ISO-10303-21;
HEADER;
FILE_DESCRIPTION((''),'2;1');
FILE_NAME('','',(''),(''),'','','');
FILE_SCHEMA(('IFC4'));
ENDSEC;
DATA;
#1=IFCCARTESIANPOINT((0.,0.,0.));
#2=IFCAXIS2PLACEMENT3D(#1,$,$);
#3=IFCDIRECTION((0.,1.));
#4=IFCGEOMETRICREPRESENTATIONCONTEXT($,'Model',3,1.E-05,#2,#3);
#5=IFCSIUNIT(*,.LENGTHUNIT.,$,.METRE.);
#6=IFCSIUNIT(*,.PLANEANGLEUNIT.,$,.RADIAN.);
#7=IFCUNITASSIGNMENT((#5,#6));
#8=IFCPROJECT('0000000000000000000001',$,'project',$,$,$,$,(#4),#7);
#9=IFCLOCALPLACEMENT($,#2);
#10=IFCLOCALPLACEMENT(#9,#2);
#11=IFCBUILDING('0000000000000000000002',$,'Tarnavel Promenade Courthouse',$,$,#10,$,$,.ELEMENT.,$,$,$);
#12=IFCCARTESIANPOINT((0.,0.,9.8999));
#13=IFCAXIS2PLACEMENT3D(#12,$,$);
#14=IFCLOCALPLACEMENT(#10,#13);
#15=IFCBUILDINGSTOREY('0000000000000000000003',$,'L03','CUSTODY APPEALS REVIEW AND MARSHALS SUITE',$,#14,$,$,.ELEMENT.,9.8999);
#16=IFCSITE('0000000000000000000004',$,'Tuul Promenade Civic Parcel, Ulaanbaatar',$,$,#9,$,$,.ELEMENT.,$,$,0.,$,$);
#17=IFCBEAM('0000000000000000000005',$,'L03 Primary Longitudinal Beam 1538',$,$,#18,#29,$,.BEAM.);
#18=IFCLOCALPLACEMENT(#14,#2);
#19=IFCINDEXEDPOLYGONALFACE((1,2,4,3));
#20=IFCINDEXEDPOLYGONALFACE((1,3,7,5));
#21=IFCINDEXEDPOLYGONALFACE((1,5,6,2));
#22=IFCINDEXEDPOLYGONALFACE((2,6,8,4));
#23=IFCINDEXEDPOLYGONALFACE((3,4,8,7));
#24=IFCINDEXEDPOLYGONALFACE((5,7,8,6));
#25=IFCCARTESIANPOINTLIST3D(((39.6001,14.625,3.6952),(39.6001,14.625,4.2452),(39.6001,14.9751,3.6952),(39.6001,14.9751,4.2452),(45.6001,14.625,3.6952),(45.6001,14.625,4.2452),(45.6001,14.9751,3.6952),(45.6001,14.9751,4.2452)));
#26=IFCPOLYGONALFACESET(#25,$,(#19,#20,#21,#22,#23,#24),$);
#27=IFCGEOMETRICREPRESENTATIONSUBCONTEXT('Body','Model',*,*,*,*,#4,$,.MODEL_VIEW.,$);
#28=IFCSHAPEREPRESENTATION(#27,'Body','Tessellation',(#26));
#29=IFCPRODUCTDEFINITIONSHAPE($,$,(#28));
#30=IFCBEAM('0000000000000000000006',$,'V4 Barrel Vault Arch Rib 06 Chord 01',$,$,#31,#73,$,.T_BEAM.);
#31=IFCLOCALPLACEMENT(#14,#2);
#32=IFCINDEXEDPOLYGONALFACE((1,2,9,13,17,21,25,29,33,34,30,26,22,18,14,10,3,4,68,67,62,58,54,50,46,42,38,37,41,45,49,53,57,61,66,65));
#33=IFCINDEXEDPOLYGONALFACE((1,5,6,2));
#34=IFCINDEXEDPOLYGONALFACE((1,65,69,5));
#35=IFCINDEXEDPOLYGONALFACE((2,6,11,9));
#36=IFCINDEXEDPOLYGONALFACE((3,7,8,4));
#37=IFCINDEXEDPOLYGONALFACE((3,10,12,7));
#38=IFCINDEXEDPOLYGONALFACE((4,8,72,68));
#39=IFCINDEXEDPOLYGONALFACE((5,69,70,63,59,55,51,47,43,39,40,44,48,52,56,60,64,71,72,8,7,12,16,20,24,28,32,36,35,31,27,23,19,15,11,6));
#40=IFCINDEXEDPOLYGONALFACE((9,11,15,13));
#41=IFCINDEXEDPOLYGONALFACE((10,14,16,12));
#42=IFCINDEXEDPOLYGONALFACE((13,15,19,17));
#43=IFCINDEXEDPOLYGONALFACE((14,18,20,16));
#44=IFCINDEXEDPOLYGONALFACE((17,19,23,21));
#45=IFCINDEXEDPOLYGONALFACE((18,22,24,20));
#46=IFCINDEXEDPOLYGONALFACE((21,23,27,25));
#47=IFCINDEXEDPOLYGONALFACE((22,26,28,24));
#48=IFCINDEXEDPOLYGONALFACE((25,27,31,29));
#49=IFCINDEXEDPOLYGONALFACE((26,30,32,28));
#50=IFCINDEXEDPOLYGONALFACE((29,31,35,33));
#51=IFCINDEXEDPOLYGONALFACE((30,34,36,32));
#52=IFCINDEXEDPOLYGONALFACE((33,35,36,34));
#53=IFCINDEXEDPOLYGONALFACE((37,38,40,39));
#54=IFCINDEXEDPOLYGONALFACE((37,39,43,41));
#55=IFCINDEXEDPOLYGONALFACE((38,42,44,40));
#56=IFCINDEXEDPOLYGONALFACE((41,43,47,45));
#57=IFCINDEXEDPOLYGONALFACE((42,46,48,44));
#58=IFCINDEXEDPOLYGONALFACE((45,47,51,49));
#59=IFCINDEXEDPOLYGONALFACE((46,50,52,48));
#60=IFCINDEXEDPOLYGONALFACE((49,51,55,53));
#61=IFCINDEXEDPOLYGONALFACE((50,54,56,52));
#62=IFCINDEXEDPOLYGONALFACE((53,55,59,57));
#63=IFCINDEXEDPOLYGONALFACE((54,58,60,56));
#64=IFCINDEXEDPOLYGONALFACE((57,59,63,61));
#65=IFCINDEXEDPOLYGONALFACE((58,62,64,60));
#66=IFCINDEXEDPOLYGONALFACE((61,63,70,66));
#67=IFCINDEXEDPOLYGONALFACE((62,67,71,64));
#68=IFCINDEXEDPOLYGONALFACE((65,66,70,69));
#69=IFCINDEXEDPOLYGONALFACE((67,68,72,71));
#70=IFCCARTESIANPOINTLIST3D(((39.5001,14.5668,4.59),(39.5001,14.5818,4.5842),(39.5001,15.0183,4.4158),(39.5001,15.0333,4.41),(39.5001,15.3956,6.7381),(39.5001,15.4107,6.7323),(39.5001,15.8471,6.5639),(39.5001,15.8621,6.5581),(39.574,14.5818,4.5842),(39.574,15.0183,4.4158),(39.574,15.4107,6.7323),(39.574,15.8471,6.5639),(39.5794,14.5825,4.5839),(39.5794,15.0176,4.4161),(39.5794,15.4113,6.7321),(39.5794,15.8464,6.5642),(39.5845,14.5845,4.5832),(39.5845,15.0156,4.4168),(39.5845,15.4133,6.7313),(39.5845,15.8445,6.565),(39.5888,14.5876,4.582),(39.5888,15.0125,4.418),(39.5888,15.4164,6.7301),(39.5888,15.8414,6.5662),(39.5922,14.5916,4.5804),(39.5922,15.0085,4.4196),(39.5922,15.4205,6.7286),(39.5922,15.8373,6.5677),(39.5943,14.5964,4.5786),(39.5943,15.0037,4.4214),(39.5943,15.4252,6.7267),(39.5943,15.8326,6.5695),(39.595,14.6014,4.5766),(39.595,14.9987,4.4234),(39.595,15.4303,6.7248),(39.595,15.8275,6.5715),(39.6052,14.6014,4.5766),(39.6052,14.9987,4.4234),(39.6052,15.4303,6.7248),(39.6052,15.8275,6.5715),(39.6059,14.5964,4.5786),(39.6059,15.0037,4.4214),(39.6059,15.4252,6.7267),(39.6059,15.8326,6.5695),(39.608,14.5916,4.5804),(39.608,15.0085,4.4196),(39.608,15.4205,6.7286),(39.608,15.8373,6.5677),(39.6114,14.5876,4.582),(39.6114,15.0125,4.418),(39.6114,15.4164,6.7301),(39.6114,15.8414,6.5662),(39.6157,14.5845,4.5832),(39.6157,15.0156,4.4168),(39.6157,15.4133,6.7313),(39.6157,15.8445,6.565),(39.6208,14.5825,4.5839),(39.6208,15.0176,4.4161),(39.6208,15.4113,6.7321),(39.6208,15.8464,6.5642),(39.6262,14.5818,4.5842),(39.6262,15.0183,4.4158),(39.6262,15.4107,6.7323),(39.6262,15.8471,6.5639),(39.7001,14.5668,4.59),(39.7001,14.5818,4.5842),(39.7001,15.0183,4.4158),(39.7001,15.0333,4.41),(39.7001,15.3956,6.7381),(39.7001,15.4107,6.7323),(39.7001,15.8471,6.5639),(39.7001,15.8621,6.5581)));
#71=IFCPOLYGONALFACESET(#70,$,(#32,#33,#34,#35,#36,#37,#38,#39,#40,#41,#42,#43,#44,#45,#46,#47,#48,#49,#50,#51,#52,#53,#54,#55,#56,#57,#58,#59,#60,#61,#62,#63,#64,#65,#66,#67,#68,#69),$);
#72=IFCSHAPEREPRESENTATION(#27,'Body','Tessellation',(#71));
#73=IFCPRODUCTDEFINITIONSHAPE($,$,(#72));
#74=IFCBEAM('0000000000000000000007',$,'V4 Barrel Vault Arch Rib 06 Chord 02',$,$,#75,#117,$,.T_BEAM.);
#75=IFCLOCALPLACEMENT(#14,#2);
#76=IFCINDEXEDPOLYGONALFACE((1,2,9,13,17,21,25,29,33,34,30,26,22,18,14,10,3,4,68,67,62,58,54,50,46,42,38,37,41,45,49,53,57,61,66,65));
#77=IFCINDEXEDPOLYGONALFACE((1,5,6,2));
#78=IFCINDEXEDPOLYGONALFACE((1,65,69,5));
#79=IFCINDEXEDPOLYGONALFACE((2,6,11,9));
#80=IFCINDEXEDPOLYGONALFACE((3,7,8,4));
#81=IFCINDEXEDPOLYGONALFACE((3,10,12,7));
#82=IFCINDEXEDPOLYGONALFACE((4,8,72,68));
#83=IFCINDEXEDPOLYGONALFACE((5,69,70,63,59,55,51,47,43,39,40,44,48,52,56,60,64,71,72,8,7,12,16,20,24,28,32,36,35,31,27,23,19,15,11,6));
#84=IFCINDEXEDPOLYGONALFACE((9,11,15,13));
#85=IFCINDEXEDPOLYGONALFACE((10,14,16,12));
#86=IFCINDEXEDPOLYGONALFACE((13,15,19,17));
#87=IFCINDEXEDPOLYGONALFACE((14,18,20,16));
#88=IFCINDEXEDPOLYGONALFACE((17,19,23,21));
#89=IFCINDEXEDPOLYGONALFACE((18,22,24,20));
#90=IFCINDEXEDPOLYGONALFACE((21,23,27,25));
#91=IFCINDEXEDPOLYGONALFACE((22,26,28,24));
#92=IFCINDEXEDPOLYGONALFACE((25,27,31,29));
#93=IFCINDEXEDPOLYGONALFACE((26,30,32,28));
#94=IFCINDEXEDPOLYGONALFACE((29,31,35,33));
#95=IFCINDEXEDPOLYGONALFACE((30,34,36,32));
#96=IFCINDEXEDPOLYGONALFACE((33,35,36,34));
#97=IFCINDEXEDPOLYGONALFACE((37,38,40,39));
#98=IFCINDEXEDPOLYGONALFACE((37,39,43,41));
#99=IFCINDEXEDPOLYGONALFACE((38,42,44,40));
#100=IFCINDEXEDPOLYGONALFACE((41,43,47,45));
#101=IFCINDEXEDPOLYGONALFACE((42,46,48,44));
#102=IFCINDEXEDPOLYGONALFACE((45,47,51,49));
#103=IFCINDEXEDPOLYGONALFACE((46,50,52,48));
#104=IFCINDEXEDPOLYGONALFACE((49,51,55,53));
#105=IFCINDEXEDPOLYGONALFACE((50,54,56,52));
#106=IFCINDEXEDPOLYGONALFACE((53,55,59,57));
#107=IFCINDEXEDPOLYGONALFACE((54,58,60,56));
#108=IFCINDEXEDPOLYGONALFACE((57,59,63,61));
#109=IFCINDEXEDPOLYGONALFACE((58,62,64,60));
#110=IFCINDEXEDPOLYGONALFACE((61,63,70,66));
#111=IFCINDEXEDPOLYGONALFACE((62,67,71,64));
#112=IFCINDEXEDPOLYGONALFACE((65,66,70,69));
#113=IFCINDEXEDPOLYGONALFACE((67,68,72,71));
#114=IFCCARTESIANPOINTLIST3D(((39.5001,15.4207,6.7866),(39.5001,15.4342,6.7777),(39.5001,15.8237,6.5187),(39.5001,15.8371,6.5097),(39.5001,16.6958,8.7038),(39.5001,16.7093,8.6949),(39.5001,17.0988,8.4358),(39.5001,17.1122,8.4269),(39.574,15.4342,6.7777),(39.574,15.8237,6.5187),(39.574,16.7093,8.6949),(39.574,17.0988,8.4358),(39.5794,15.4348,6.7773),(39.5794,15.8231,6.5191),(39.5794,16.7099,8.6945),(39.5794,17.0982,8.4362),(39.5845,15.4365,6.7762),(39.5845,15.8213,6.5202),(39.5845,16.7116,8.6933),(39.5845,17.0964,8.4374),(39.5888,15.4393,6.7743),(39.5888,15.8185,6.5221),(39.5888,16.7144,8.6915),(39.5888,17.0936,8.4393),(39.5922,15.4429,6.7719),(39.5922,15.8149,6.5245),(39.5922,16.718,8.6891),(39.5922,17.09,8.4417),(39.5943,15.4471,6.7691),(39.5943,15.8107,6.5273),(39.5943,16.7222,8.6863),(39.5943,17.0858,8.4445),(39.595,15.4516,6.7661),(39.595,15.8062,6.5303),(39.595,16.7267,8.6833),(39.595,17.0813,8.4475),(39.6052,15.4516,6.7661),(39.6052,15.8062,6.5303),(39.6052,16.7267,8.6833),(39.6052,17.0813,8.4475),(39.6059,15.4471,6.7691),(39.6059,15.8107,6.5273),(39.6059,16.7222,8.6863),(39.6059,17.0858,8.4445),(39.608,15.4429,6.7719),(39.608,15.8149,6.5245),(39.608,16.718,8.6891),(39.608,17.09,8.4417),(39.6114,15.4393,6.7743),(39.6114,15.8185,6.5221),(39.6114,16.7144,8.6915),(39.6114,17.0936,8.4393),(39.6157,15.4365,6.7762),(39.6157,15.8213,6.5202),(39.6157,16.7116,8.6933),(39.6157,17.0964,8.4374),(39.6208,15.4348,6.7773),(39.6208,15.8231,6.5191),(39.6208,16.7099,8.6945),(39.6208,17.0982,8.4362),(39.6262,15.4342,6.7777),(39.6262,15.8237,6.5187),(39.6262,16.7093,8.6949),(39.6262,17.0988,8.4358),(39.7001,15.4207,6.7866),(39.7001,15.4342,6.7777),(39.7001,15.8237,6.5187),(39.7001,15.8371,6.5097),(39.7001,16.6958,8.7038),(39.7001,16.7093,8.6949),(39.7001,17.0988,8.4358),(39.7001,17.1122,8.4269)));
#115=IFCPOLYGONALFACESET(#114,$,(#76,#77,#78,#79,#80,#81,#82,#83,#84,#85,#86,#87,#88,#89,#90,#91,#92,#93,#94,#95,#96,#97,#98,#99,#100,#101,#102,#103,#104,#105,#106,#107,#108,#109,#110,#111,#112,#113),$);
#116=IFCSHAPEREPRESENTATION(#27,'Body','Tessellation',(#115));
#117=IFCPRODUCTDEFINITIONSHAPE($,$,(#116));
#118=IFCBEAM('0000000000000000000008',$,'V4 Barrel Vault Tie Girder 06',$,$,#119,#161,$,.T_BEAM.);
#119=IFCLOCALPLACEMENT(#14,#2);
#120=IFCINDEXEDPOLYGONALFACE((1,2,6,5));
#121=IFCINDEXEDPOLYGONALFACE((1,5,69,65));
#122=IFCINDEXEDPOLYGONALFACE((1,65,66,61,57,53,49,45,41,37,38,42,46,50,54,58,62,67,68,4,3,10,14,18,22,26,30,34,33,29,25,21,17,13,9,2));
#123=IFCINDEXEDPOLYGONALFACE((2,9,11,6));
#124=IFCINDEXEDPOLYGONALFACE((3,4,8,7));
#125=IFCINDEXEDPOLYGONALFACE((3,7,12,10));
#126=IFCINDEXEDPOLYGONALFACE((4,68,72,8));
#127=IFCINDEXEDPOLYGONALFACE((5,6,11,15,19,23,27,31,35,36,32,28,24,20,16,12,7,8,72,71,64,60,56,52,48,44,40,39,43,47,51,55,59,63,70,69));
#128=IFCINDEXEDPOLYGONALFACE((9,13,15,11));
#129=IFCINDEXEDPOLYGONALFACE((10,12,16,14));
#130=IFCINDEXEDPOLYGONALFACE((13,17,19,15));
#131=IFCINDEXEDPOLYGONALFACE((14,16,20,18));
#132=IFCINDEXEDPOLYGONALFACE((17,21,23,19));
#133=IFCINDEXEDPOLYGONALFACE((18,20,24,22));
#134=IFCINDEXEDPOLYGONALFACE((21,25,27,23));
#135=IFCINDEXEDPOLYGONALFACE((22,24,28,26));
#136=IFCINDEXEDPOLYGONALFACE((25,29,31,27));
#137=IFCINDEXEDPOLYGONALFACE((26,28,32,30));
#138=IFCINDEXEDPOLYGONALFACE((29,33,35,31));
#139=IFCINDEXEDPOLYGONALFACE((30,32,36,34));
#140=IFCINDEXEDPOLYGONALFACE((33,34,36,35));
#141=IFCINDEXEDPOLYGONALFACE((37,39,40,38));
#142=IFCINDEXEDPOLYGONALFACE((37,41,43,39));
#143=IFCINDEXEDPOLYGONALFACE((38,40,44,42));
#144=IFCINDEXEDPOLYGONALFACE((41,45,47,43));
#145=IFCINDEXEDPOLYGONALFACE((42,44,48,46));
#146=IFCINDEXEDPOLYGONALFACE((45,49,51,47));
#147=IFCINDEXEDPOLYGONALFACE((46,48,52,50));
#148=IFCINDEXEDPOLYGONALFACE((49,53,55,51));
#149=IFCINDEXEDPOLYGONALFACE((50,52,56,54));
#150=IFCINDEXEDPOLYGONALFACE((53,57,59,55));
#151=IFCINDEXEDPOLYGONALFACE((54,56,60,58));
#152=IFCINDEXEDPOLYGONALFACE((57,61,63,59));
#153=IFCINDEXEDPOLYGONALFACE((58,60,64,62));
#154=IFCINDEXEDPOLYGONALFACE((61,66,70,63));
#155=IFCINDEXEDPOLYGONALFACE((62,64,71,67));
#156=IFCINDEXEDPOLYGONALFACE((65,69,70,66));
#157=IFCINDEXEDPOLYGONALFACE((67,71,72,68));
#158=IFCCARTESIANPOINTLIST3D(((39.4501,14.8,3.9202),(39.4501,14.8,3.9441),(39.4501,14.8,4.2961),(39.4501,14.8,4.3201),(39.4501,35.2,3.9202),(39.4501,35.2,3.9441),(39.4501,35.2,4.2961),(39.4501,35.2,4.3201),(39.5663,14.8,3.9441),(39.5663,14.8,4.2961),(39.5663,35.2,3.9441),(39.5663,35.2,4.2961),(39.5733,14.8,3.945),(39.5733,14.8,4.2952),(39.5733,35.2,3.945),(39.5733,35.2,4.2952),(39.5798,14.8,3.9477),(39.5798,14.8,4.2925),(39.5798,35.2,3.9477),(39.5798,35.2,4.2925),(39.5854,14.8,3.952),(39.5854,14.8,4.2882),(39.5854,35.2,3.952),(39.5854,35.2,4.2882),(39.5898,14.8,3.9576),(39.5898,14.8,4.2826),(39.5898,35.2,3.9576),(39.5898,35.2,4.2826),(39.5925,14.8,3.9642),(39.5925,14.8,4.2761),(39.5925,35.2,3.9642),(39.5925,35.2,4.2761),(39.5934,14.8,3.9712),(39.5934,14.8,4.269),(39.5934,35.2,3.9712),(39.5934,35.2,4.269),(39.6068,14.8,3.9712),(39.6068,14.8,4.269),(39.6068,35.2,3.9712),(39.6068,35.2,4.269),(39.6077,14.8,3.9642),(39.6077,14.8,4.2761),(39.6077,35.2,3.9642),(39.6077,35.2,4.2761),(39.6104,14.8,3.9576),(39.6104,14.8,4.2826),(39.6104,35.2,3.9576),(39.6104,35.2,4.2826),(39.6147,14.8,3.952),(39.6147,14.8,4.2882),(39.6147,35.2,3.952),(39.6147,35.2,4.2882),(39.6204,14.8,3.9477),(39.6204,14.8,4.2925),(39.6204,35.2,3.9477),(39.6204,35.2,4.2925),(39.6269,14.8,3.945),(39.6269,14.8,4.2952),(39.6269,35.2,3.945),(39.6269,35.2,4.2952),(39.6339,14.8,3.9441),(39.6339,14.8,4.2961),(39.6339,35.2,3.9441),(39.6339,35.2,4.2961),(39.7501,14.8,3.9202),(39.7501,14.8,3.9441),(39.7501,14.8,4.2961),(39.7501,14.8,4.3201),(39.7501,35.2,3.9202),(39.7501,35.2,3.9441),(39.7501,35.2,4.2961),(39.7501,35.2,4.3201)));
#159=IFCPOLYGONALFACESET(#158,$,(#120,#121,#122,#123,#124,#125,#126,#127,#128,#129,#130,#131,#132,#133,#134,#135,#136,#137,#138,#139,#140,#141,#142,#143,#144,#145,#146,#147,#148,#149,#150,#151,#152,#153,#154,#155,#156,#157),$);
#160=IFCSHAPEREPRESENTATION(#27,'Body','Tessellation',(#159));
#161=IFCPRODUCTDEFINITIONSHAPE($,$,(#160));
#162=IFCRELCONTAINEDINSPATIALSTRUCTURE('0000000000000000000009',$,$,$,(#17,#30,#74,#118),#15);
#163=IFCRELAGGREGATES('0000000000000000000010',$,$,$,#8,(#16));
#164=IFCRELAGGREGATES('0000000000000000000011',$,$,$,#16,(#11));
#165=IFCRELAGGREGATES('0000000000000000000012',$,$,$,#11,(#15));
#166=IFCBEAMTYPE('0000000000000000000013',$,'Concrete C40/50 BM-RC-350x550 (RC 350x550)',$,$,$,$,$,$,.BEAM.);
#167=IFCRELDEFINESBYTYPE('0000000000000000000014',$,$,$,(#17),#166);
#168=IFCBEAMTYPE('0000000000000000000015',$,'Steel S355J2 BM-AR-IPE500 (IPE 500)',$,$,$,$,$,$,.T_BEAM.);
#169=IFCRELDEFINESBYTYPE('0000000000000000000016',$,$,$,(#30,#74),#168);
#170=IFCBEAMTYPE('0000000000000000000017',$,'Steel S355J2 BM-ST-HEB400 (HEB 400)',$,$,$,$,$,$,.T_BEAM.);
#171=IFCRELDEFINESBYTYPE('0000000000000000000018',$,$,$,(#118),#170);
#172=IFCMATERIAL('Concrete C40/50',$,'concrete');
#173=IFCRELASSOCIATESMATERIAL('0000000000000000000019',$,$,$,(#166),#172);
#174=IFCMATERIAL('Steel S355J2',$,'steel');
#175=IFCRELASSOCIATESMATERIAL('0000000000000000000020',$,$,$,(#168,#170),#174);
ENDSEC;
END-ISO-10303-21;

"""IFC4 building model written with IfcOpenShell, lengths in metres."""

from ifc_helpers import new_model, si_unit, direction, frame, origin, origin_2d, place, context, subcontext, project, spatial, rectangle, i_section, extrude, material, material_profile, profile_set, type_object, element, save


model = new_model("IFC4")

# Units and contexts
model_context = context("Model", 3, precision=1e-05, world=origin(), true_north=direction((0.0, 1.0)))
body_context = subcontext(model_context, "Body", "Model", "MODEL_VIEW")
ifc_project = project(units=[si_unit("LENGTHUNIT", "METRE"), si_unit("PLANEANGLEUNIT", "RADIAN")], contexts=[model_context])

# Site, building, storey
site_placement = place(None, origin())
site = spatial("IfcSite", under=ifc_project, at=site_placement, Name="Tuul Promenade Civic Parcel, Ulaanbaatar", CompositionType="ELEMENT", RefElevation=0.0)
building_placement = place(site_placement, origin())
building = spatial("IfcBuilding", under=site, at=building_placement, Name="Tarnavel Promenade Courthouse", CompositionType="ELEMENT")
storey_placement = place(building_placement, frame((0.0, 0.0, 9.8999)))
storey = spatial("IfcBuildingStorey", under=building, at=storey_placement, Name="L03", Description="CUSTODY APPEALS REVIEW AND MARSHALS SUITE", CompositionType="ELEMENT", Elevation=9.8999)

# Beams
ifc_material_1 = material(Name="Concrete C40/50", Category="concrete")
ifc_material_profile_1 = material_profile(ifc_material_1, rectangle(XDim=0.3501, YDim=0.55, at=origin_2d()), Name="RC 350x550")
ifc_profile_set_1 = profile_set([ifc_material_profile_1], Name="Concrete C40/50")
beam_type_1 = type_object("IfcBeamType", Name="Concrete C40/50 BM-RC-350x550 (RC 350x550)", PredefinedType="BEAM", material=ifc_profile_set_1)
beam_1_placement = place(storey_placement, frame((39.6001, 14.8, 3.9702), z_axis=(1.0, 0.0, 0.0), x_axis=(0.0, 1.0, 0.0)))
element("IfcBeam", 1, at=beam_1_placement, inside=storey, type_object=beam_type_1, Name="L03 Primary Longitudinal Beam 1538", PredefinedType="BEAM", context=body_context, shape_type="SweptSolid", body=[
    extrude(rectangle(XDim=0.3501, YDim=0.55, at=origin_2d()), origin(), (0.0, 0.0, 1.0), 6.0),
])
ifc_material_2 = material(Name="Steel S355J2", Category="steel")
ifc_material_profile_2 = material_profile(ifc_material_2, i_section(OverallWidth=0.2, OverallDepth=0.5, WebThickness=0.0103, FlangeThickness=0.0161, FilletRadius=0.021, at=origin_2d()), Name="IPE 500")
ifc_profile_set_2 = profile_set([ifc_material_profile_2], Name="Steel S355J2")
beam_type_2 = type_object("IfcBeamType", Name="Steel S355J2 BM-AR-IPE500 (IPE 500)", PredefinedType="T_BEAM", material=ifc_profile_set_2)
for number, where, z_axis, x_axis, name in (
    (2, (39.6001, 14.8, 4.5), (0.0, 0.359974, 0.932962), (-1.0, 0.0, 0.0), "V4 Barrel Vault Arch Rib 06 Chord 01"),
    (3, (39.6001, 15.6289, 6.6482), (0.0, 0.553795, 0.832653), (-1.0, 0.0, 0.0), "V4 Barrel Vault Arch Rib 06 Chord 02"),
):
    element("IfcBeam", number, at=place(storey_placement, frame(where, z_axis=z_axis, x_axis=x_axis)), inside=storey, type_object=beam_type_2, Name=name, PredefinedType="T_BEAM", context=body_context, shape_type="SweptSolid", body=[
        extrude(i_section(OverallWidth=0.2, OverallDepth=0.5, WebThickness=0.0103, FlangeThickness=0.0161, FilletRadius=0.021, at=origin_2d()), origin(), (0.0, 0.0, 1.0), 2.3025),
    ])
ifc_material_profile_3 = material_profile(ifc_material_2, i_section(OverallWidth=0.3, OverallDepth=0.3999, WebThickness=0.0134, FlangeThickness=0.0239, FilletRadius=0.0271, at=origin_2d()), Name="HEB 400")
ifc_profile_set_3 = profile_set([ifc_material_profile_3], Name="Steel S355J2")
beam_type_3 = type_object("IfcBeamType", Name="Steel S355J2 BM-ST-HEB400 (HEB 400)", PredefinedType="T_BEAM", material=ifc_profile_set_3)
beam_2_placement = place(storey_placement, frame((39.6001, 14.8, 4.1201), z_axis=(0.0, 1.0, 0.0), x_axis=(-1.0, 0.0, 0.0)))
element("IfcBeam", 4, at=beam_2_placement, inside=storey, type_object=beam_type_3, Name="V4 Barrel Vault Tie Girder 06", PredefinedType="T_BEAM", context=body_context, shape_type="SweptSolid", body=[
    extrude(i_section(OverallWidth=0.3, OverallDepth=0.3999, WebThickness=0.0134, FlangeThickness=0.0239, FilletRadius=0.0271, at=origin_2d()), origin(), (0.0, 0.0, 1.0), 20.3999),
])

save(model, "model.ifc")
